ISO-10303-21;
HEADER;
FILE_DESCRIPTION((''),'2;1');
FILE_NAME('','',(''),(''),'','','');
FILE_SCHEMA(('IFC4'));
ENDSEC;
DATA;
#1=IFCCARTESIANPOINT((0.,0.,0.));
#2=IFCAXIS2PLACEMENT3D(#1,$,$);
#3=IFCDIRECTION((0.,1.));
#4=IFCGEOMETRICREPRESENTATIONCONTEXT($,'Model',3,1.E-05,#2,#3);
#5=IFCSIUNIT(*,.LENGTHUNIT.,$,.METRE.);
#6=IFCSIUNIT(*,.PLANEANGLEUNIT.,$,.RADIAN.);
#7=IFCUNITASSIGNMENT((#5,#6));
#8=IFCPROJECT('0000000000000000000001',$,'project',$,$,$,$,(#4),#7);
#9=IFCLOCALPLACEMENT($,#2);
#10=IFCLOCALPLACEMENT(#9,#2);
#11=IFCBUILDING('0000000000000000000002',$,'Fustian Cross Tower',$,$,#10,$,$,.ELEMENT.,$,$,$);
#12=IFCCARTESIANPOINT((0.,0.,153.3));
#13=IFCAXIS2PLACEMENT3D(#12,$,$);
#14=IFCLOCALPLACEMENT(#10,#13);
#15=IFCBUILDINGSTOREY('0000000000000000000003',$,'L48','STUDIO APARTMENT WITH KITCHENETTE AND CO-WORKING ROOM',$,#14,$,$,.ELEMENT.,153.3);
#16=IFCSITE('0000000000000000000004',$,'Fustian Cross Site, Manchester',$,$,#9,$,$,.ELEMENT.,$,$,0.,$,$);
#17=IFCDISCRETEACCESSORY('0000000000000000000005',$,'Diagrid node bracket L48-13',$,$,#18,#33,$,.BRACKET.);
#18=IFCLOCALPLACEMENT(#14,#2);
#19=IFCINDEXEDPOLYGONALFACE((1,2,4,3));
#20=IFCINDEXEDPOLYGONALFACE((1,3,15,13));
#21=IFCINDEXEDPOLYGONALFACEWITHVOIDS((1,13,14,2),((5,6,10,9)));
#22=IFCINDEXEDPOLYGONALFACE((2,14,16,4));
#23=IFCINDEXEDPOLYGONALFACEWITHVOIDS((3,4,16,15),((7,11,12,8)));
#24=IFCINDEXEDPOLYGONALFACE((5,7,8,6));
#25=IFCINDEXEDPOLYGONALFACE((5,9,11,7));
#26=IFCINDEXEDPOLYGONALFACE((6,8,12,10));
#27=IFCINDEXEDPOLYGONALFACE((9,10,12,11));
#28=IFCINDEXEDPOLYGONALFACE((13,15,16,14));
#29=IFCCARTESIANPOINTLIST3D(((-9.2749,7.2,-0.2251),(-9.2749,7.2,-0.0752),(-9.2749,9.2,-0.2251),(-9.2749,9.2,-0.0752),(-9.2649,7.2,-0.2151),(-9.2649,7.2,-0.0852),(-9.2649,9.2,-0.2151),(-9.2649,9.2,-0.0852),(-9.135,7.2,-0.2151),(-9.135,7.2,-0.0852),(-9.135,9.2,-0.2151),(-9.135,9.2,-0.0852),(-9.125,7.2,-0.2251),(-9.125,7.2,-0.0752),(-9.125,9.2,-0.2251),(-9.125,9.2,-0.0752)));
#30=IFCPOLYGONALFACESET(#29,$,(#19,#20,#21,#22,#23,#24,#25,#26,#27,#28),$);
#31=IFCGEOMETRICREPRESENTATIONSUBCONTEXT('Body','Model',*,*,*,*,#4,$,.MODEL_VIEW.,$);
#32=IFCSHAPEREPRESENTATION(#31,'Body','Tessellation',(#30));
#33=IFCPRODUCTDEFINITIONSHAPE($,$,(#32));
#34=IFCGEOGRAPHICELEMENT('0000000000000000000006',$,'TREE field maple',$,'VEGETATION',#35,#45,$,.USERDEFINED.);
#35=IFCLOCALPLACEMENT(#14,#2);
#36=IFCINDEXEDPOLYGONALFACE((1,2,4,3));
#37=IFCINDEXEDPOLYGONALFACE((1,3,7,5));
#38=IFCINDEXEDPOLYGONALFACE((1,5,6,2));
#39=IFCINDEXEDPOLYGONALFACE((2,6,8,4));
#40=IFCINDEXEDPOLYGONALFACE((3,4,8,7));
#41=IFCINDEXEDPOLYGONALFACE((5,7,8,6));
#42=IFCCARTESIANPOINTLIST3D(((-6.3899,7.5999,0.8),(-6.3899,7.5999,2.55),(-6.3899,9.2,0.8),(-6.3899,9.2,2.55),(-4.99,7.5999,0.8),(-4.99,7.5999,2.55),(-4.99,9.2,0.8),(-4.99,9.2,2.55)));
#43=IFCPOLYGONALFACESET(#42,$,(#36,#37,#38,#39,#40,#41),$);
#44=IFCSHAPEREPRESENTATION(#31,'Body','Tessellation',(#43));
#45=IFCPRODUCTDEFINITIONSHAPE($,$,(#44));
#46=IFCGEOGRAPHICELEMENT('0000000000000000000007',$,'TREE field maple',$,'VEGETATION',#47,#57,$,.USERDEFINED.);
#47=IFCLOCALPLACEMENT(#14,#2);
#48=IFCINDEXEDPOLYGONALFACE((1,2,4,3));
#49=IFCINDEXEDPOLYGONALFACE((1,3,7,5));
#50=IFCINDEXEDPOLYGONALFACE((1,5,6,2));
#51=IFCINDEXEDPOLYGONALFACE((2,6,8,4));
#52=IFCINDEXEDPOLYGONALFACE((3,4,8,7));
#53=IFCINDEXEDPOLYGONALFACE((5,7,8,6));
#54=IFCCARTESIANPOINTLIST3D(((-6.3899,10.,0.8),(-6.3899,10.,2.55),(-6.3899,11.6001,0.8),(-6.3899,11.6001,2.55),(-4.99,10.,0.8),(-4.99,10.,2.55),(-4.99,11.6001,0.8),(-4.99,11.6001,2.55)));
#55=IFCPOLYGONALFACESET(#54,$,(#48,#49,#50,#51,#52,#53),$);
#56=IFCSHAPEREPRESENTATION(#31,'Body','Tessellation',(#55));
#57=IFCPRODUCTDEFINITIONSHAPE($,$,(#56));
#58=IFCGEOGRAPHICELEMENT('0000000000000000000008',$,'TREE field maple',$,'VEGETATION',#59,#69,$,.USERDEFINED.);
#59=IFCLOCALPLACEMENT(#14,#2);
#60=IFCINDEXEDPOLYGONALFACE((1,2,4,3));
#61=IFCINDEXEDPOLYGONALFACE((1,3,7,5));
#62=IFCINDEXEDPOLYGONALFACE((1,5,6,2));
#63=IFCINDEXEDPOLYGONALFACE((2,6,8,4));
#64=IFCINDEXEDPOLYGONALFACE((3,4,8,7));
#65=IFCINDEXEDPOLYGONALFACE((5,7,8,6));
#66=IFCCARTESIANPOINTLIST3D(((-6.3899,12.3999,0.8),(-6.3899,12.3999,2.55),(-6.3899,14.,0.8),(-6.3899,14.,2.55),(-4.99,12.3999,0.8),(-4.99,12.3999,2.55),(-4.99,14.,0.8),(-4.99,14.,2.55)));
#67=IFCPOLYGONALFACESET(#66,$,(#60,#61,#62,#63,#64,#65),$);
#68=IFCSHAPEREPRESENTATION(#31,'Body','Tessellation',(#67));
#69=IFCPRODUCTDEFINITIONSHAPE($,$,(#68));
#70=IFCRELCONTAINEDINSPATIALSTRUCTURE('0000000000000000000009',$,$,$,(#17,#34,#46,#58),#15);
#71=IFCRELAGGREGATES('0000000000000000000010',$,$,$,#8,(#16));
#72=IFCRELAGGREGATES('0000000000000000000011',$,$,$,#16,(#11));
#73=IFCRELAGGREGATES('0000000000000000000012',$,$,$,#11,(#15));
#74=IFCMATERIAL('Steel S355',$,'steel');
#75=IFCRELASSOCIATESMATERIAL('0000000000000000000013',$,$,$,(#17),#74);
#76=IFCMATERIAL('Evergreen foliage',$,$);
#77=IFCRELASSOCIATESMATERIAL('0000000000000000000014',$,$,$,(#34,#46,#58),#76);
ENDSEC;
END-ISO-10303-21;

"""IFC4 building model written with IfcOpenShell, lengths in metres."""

from ifc_helpers import new_model, si_unit, direction, frame, origin, origin_2d, place, context, subcontext, project, spatial, rectangle, hollow_rectangle, extrude, material, element, save


model = new_model("IFC4")

# Units and contexts
model_context = context("Model", 3, precision=1e-05, world=origin(), true_north=direction((0.0, 1.0)))
body_context = subcontext(model_context, "Body", "Model", "MODEL_VIEW")
ifc_project = project(units=[si_unit("LENGTHUNIT", "METRE"), si_unit("PLANEANGLEUNIT", "RADIAN")], contexts=[model_context])

# Site, building, storey
site_placement = place(None, origin())
site = spatial("IfcSite", under=ifc_project, at=site_placement, Name="Fustian Cross Site, Manchester", CompositionType="ELEMENT", RefElevation=0.0)
building_placement = place(site_placement, origin())
building = spatial("IfcBuilding", under=site, at=building_placement, Name="Fustian Cross Tower", CompositionType="ELEMENT")
storey_placement = place(building_placement, frame((0.0, 0.0, 153.3)))
storey = spatial("IfcBuildingStorey", under=building, at=storey_placement, Name="L48", Description="STUDIO APARTMENT WITH KITCHENETTE AND CO-WORKING ROOM", CompositionType="ELEMENT", Elevation=153.3)

# Discrete accessory
ifc_material_1 = material(Name="Steel S355", Category="steel")
discrete_accessory_placement = place(storey_placement, frame((-9.2, 9.2, -0.1501), z_axis=(0.0, -1.0, 0.0), x_axis=(1.0, 0.0, 0.0)))
element("IfcDiscreteAccessory", 1, at=discrete_accessory_placement, inside=storey, material=ifc_material_1, Name="Diagrid node bracket L48-13", PredefinedType="BRACKET", context=body_context, shape_type="SweptSolid", body=[
    extrude(hollow_rectangle(XDim=0.1499, YDim=0.1499, WallThickness=0.01, at=origin_2d()), origin(), (0.0, 0.0, 1.0), 2.0),
])

# Geographic elements
ifc_material_2 = material(Name="Evergreen foliage")
for number, where, z_axis, x_axis, name in (
    (2, (-5.6899, 8.3999, 0.8), (0.0, 0.0, 1.0), (1.0, 0.0, 0.0), "TREE field maple"),
    (3, (-5.6899, 10.8, 0.8), (0.0, 0.0, 1.0), (1.0, 0.0, 0.0), "TREE field maple"),
    (4, (-5.6899, 13.2, 0.8), (0.0, 0.0, 1.0), (1.0, 0.0, 0.0), "TREE field maple"),
):
    element("IfcGeographicElement", number, at=place(storey_placement, frame(where, z_axis=z_axis, x_axis=x_axis)), inside=storey, material=ifc_material_2, Name=name, ObjectType="VEGETATION", PredefinedType="USERDEFINED", context=body_context, shape_type="SweptSolid", body=[
        extrude(rectangle(XDim=1.3999, YDim=1.6001, at=origin_2d()), origin(), (0.0, 0.0, 1.0), 1.75),
    ])

save(model, "model.ifc")
